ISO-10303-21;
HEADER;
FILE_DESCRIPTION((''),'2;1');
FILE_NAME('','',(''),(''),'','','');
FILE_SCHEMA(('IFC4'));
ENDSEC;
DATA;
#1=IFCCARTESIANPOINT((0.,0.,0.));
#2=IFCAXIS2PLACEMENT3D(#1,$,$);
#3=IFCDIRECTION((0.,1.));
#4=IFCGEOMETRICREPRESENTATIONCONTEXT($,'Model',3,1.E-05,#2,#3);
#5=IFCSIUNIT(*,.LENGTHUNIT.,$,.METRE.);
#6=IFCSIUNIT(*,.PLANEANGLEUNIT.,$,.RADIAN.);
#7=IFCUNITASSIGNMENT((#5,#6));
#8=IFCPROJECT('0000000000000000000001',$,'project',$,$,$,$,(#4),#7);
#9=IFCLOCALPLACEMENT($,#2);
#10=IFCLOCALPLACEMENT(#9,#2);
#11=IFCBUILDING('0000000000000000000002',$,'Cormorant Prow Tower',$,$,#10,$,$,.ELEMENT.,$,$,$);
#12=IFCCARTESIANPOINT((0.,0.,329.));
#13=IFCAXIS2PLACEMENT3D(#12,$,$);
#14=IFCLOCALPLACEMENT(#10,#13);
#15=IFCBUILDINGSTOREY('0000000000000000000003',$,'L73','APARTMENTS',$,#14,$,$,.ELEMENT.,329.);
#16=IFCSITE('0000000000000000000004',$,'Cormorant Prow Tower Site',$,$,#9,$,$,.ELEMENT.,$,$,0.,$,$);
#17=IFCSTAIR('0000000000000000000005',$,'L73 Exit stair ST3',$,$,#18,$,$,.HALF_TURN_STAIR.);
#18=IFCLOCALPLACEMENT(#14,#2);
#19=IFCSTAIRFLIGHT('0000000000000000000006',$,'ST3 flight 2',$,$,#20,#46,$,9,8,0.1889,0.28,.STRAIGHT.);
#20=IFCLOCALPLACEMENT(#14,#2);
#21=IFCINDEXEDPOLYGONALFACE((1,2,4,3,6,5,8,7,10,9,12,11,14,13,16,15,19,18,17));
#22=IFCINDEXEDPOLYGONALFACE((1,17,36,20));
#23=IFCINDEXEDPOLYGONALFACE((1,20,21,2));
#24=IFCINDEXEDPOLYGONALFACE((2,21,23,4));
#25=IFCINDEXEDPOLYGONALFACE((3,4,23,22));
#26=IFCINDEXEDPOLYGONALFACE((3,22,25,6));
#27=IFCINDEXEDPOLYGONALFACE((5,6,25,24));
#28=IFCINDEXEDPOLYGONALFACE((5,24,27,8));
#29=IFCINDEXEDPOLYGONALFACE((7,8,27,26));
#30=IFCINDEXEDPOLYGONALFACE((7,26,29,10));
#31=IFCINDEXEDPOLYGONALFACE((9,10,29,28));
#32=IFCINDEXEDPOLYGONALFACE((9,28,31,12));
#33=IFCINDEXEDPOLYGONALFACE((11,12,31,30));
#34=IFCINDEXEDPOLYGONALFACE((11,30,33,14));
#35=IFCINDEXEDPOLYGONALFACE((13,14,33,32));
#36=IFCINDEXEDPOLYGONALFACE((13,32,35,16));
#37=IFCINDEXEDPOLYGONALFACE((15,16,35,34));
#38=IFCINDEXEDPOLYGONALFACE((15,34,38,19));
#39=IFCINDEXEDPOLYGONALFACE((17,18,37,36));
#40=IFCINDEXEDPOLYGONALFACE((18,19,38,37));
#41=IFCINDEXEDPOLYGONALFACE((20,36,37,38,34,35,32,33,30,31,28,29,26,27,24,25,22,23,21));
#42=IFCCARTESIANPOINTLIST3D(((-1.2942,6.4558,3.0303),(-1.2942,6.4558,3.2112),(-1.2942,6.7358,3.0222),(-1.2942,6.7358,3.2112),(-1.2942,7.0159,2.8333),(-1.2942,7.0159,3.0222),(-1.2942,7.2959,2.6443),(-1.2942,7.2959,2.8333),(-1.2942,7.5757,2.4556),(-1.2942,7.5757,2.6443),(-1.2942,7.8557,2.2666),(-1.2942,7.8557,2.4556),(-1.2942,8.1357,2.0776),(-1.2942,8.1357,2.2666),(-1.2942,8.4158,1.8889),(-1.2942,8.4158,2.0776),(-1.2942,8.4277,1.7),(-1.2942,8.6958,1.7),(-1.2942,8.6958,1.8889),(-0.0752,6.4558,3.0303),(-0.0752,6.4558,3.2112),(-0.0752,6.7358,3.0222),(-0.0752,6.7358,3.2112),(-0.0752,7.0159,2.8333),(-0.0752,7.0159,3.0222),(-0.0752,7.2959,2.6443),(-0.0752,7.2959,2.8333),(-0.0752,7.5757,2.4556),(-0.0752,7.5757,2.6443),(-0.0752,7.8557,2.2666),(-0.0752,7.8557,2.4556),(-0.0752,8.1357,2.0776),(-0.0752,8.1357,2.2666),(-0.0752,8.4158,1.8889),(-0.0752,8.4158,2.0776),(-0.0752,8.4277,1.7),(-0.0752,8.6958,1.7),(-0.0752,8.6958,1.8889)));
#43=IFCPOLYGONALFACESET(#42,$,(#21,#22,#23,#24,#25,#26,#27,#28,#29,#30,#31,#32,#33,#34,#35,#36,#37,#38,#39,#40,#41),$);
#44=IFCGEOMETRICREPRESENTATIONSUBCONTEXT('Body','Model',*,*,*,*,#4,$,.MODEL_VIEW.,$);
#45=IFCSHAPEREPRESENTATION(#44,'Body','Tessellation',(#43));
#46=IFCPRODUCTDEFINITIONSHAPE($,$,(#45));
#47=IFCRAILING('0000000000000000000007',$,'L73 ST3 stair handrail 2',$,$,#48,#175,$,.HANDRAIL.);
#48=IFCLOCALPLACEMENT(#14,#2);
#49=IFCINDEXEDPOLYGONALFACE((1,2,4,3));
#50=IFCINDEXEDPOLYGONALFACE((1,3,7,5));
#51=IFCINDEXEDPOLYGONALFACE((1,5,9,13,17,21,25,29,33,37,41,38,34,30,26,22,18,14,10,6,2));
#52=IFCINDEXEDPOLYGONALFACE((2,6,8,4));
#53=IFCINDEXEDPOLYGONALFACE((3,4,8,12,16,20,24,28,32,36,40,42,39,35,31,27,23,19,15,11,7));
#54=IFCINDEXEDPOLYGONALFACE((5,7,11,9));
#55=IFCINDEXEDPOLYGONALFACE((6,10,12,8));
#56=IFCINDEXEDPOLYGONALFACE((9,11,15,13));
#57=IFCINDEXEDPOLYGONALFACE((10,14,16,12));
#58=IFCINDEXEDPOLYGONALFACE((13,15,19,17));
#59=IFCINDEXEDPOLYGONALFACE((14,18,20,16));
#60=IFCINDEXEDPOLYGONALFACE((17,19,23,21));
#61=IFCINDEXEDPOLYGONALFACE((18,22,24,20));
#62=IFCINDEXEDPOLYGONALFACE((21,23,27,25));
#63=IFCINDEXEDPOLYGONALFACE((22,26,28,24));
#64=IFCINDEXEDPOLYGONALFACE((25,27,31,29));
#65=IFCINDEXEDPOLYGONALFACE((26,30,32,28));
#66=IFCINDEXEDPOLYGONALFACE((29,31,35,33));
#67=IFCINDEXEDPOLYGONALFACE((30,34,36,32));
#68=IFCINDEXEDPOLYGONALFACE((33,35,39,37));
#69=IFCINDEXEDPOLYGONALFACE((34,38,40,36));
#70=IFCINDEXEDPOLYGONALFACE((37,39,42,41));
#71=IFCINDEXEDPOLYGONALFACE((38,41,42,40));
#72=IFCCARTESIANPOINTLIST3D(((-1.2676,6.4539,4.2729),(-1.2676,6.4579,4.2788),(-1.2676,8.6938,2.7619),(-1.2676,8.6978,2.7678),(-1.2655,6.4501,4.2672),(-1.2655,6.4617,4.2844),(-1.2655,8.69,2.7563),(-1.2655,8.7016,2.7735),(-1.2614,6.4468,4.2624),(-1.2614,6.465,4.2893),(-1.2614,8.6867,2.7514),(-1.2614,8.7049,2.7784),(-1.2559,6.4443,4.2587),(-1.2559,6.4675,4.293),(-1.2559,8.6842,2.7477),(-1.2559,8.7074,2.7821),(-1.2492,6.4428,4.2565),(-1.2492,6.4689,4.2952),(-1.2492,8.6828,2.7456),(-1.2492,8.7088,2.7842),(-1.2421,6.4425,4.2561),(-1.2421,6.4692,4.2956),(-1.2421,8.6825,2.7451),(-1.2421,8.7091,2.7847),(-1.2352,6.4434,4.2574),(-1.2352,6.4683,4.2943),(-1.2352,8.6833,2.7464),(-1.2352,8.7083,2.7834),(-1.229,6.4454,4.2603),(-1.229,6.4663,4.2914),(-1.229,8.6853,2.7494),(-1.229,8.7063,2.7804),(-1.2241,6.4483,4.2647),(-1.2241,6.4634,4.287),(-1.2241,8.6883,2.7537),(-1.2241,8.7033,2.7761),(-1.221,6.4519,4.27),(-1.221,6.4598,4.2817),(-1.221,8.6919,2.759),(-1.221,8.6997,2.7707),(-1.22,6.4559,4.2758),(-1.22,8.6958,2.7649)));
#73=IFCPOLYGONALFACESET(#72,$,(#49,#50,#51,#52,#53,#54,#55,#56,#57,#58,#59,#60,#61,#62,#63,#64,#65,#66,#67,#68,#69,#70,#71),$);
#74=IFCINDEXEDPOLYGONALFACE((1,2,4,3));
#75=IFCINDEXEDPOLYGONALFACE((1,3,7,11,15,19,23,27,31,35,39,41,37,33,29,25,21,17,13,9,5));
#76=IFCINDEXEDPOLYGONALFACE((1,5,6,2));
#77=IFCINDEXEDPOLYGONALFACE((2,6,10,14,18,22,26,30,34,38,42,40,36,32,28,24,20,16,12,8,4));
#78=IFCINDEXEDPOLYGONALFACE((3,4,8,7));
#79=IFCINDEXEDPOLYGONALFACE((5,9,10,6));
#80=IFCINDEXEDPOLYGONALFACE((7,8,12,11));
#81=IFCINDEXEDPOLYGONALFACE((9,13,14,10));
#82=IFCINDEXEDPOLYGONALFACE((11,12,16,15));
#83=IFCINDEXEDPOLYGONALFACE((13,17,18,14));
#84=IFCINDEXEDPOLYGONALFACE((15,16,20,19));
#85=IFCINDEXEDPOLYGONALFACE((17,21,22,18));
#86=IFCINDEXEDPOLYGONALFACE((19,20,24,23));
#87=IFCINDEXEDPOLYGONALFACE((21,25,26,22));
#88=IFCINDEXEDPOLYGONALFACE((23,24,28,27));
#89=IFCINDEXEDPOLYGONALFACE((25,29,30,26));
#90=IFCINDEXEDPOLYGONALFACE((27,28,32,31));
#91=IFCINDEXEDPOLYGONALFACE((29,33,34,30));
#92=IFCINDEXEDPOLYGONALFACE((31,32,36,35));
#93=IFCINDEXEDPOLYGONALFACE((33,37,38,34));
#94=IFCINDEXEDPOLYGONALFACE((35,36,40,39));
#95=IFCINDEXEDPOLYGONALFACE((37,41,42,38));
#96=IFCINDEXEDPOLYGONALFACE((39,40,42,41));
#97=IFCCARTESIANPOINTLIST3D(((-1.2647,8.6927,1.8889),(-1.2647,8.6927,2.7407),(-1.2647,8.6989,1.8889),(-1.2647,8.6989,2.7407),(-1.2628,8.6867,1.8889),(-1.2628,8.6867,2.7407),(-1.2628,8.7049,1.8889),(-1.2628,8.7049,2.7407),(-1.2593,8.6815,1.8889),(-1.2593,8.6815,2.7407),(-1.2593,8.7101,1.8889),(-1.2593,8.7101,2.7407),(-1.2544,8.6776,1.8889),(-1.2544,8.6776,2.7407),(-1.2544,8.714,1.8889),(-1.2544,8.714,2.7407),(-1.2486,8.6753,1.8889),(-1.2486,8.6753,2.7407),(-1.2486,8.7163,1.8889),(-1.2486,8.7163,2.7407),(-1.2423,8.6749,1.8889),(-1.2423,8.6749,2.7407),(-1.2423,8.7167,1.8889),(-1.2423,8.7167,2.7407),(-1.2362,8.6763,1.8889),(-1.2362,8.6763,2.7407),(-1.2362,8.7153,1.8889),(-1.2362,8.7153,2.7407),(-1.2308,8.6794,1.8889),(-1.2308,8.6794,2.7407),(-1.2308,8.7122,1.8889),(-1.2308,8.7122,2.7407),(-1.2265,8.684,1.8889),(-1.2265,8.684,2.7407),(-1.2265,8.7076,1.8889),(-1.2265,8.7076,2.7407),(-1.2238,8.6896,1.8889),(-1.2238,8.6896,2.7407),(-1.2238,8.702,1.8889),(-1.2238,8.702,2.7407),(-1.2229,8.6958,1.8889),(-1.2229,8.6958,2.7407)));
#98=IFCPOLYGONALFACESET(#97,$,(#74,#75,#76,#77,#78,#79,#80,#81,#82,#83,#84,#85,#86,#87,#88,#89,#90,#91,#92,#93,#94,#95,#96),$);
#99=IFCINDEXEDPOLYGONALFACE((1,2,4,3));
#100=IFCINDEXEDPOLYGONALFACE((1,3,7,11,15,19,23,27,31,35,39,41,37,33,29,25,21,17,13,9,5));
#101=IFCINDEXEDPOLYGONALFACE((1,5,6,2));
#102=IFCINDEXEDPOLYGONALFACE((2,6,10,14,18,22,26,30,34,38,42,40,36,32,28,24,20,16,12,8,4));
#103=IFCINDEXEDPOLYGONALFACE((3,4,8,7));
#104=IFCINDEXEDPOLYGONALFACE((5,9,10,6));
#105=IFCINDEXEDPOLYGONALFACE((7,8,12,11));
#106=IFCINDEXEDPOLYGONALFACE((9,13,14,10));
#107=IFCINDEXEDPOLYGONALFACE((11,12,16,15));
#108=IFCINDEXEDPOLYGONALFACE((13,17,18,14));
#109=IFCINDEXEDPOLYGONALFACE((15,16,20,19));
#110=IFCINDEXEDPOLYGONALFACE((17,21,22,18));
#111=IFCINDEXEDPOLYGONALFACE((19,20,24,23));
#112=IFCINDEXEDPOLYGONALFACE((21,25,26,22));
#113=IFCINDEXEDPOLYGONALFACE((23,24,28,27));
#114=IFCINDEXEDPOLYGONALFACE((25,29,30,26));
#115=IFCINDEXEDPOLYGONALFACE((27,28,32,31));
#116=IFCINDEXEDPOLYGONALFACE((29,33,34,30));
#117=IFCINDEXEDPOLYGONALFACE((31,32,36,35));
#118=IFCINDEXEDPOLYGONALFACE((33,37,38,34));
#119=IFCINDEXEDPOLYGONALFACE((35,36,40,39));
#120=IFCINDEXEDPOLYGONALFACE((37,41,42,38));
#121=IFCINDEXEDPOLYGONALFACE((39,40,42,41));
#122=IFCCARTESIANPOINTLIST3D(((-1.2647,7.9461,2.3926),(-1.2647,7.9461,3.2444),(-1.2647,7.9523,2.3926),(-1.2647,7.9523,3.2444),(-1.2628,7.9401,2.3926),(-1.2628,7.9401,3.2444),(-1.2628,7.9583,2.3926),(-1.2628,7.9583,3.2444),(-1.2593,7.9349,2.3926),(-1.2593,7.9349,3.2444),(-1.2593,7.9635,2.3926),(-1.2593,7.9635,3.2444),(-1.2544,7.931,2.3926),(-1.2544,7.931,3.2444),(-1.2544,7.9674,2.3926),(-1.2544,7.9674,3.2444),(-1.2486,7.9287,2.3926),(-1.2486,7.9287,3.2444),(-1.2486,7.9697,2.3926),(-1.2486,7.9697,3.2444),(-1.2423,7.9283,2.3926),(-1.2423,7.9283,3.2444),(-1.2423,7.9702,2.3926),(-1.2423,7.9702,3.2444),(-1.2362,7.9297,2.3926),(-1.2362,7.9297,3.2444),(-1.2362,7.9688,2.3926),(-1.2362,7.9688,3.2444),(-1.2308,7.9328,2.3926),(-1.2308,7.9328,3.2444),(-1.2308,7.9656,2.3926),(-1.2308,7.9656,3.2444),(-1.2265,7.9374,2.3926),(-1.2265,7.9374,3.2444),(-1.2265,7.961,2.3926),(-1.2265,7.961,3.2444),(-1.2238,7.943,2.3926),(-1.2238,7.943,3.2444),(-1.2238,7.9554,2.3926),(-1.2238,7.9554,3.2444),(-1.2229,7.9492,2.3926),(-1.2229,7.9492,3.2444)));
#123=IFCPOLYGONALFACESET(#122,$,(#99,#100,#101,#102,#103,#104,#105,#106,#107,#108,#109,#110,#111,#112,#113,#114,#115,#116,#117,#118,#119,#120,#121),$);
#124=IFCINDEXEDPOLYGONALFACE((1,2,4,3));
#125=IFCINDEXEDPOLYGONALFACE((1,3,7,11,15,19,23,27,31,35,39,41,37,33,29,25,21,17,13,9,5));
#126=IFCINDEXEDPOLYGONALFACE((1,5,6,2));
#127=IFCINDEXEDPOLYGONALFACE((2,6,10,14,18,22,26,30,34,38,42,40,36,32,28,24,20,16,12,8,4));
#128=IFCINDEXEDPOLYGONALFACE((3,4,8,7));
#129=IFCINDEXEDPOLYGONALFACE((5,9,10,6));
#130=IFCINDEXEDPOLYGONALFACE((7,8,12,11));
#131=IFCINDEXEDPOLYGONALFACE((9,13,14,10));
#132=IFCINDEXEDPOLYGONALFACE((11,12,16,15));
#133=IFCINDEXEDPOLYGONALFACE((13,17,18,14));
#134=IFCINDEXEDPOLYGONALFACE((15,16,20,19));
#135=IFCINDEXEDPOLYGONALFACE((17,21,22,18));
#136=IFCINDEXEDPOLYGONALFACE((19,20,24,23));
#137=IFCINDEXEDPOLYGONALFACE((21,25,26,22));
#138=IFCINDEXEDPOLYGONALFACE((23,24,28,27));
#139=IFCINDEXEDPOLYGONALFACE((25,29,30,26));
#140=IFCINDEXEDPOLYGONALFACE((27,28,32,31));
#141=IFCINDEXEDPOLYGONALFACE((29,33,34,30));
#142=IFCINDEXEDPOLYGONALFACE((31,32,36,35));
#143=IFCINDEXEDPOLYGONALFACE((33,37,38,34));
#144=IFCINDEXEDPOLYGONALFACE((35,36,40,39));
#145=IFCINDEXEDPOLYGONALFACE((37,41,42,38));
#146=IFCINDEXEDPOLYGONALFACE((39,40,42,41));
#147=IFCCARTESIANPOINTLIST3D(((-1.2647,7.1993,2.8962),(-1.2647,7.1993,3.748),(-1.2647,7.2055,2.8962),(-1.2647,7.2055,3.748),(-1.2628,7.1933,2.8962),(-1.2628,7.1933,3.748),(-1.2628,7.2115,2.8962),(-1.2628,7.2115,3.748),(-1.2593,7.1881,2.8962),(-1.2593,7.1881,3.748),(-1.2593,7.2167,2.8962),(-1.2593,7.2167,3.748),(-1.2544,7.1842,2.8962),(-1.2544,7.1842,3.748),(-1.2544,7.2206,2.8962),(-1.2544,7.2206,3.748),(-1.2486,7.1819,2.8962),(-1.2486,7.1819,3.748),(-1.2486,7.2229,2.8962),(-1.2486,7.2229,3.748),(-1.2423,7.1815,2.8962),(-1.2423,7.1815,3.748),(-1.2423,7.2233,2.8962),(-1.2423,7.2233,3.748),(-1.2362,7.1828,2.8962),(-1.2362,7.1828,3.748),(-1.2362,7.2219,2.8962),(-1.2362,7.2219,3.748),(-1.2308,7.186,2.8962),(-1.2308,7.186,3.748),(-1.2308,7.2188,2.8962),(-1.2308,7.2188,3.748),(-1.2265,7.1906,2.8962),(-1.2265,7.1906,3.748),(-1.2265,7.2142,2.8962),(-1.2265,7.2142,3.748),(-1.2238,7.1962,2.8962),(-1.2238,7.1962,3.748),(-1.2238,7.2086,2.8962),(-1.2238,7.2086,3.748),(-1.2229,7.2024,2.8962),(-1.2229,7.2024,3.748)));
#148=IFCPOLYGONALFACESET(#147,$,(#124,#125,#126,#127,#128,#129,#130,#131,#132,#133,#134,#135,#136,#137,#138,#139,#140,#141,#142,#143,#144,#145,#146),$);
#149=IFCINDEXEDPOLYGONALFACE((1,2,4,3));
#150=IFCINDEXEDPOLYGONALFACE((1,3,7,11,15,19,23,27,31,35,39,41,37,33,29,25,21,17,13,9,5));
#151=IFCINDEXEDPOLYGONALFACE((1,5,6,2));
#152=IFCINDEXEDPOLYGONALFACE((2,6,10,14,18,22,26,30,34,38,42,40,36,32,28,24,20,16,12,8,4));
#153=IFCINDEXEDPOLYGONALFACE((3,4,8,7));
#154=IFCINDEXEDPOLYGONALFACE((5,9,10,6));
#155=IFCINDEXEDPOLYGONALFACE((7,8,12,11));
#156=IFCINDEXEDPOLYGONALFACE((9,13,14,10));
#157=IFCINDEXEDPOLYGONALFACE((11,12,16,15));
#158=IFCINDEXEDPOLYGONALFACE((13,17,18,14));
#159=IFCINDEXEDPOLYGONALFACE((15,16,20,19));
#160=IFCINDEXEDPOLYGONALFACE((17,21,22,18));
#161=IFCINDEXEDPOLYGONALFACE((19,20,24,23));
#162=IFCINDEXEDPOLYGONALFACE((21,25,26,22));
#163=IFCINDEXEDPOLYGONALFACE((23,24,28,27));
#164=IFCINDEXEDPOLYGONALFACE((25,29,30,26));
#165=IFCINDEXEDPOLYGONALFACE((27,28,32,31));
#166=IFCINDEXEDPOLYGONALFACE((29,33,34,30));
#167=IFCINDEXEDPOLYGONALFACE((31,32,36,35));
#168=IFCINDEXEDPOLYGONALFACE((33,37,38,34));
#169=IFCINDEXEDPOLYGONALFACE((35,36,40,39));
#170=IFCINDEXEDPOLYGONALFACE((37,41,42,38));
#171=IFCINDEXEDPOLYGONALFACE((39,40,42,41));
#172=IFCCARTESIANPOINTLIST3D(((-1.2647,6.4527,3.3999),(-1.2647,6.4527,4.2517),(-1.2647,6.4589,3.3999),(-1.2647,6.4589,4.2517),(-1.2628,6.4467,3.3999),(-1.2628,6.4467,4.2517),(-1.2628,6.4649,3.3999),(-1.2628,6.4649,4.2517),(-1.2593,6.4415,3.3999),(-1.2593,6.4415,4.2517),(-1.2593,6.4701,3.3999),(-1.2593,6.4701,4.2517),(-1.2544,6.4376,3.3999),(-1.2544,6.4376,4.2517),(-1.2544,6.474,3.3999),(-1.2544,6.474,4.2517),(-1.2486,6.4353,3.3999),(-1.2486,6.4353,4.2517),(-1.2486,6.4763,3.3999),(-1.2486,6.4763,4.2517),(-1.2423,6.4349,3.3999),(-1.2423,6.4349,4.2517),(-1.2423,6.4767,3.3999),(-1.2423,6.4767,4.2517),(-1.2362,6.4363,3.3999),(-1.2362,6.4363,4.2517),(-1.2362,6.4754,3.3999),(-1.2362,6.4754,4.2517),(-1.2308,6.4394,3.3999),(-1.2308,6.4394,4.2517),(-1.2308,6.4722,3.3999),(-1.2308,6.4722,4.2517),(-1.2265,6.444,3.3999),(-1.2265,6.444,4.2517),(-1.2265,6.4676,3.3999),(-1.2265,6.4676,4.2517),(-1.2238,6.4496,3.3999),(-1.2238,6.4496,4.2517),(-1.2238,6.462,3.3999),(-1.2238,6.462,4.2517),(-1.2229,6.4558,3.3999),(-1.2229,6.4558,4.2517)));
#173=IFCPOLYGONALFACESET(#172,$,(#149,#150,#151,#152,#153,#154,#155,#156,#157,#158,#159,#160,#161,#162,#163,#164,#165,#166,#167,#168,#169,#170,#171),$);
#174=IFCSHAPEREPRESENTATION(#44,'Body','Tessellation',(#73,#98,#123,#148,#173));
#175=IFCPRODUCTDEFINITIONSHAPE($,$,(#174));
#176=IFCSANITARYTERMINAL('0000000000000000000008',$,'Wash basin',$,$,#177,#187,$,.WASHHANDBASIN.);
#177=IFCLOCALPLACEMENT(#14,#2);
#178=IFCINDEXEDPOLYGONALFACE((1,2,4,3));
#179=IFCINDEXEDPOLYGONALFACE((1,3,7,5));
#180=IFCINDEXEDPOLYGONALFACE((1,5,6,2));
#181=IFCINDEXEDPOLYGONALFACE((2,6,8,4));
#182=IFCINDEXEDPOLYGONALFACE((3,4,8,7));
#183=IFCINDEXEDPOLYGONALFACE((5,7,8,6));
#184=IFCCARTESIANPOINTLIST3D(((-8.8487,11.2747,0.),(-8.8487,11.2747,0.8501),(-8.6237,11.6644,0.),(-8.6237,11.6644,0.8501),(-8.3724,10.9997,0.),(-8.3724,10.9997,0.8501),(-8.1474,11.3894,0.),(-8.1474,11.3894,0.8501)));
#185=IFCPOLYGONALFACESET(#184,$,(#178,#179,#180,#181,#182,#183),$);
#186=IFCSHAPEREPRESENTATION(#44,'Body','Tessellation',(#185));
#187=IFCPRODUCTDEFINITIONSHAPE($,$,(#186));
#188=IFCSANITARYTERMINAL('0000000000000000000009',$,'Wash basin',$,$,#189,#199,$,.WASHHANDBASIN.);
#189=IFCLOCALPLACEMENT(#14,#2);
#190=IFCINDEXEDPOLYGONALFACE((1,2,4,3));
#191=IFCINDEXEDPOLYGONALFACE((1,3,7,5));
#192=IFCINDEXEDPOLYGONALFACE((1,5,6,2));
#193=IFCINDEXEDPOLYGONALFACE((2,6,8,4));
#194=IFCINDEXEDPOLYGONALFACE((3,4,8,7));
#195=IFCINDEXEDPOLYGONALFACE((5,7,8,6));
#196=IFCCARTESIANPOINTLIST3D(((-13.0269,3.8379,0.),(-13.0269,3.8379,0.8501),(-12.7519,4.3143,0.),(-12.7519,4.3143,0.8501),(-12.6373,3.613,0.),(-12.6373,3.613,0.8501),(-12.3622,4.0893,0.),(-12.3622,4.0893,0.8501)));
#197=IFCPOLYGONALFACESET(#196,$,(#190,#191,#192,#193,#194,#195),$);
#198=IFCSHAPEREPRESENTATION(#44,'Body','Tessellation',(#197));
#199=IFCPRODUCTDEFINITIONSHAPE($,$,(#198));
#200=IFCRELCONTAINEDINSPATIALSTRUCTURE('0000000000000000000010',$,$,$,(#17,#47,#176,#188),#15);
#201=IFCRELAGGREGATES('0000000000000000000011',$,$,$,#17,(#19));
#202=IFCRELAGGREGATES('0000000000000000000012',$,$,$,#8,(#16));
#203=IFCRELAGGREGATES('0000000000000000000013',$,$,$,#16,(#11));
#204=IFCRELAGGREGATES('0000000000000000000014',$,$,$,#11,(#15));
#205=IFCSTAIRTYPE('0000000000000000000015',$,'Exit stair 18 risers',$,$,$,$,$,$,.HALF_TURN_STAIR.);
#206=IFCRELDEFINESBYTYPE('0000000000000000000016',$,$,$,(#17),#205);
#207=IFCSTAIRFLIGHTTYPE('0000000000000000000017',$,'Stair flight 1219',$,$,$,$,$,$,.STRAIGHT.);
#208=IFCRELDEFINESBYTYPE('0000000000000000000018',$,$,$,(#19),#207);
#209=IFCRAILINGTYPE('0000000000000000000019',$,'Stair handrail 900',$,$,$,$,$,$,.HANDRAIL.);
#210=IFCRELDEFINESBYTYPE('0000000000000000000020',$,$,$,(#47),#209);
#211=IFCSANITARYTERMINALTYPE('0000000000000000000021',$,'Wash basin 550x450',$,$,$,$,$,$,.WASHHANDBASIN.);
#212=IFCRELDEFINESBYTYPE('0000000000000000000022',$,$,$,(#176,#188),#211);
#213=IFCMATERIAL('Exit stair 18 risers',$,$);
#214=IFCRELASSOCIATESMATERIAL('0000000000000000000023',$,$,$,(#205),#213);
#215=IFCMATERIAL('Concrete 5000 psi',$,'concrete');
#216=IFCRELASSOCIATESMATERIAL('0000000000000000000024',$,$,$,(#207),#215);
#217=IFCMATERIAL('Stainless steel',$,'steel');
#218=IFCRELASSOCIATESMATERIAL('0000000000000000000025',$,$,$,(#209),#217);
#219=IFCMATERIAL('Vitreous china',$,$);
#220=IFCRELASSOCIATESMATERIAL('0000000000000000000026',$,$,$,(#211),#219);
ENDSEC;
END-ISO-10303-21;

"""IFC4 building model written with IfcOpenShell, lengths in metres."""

from ifc_helpers import new_model, si_unit, direction, frame, origin, origin_2d, place, context, subcontext, project, spatial, polyline, rectangle, circle, outline, extrude, material, type_object, element, aggregate, save


model = new_model("IFC4")

# Units and contexts
model_context = context("Model", 3, precision=1e-05, world=origin(), true_north=direction((0.0, 1.0)))
body_context = subcontext(model_context, "Body", "Model", "MODEL_VIEW")
ifc_project = project(units=[si_unit("LENGTHUNIT", "METRE"), si_unit("PLANEANGLEUNIT", "RADIAN")], contexts=[model_context])

# Site, building, storey
site_placement = place(None, origin())
site = spatial("IfcSite", under=ifc_project, at=site_placement, Name="Cormorant Prow Tower Site", CompositionType="ELEMENT", RefElevation=0.0)
building_placement = place(site_placement, origin())
building = spatial("IfcBuilding", under=site, at=building_placement, Name="Cormorant Prow Tower", CompositionType="ELEMENT")
storey_placement = place(building_placement, frame((0.0, 0.0, 329.0)))
storey = spatial("IfcBuildingStorey", under=building, at=storey_placement, Name="L73", Description="APARTMENTS", CompositionType="ELEMENT", Elevation=329.0)

# Stair, stair flight
ifc_material_1 = material(Name="Exit stair 18 risers")
stair_type = type_object("IfcStairType", Name="Exit stair 18 risers", PredefinedType="HALF_TURN_STAIR", material=ifc_material_1)
stair_placement = place(storey_placement, origin())
stair = element("IfcStair", 1, at=stair_placement, inside=storey, type_object=stair_type, Name="L73 Exit stair ST3", PredefinedType="HALF_TURN_STAIR")
ifc_material_2 = material(Name="Concrete 5000 psi", Category="concrete")
stair_flight_type = type_object("IfcStairFlightType", Name="Stair flight 1219", PredefinedType="STRAIGHT", material=ifc_material_2)
stair_flight_placement = place(storey_placement, frame((-0.6846, 8.6958, 1.7), z_axis=(0.0, 0.0, 1.0), x_axis=(0.0, -1.0, 0.0)))
stair_flight = element("IfcStairFlight", 2, at=stair_flight_placement, type_object=stair_flight_type, Name="ST3 flight 2", NumberOfRisers=9, NumberOfTreads=8, PredefinedType="STRAIGHT", RiserHeight=0.1889, TreadLength=0.28, context=body_context, shape_type="SweptSolid", body=[
    extrude(outline(polyline([(0.0, 0.0), (0.0, 0.189), (0.28, 0.189), (0.28, 0.3777), (0.5601, 0.3777), (0.5601, 0.5667), (0.8401, 0.5667), (0.8401, 0.7556), (1.1201, 0.7556), (1.1201, 0.9443), (1.3999, 0.9443), (1.3999, 1.1333), (1.6799, 1.1333), (1.6799, 1.3223), (1.96, 1.3223), (1.96, 1.5112), (2.24, 1.5112), (2.24, 1.7), (2.24, 1.3303), (0.2681, 0.0), (0.0, 0.0)])), frame((0.0, 0.6094, 0.0), z_axis=(0.0, -1.0, 0.0), x_axis=(1.0, 0.0, 0.0)), (0.0, 0.0, 1.0), 1.219),
])
aggregate(stair, [stair_flight])

# Railing
ifc_material_3 = material(Name="Stainless steel", Category="steel")
railing_type = type_object("IfcRailingType", Name="Stair handrail 900", PredefinedType="HANDRAIL", material=ifc_material_3)
railing_placement = place(storey_placement, frame((-1.2439, 8.6958, 1.8889)))
element("IfcRailing", 3, at=railing_placement, inside=storey, type_object=railing_type, Name="L73 ST3 stair handrail 2", PredefinedType="HANDRAIL", context=body_context, shape_type="SweptSolid", body=[
    extrude(circle(Radius=0.0239, at=origin_2d()), frame((0.0, 0.0, 0.876), z_axis=(0.0, -0.829021, 0.559217), x_axis=(1.0, 0.0, 0.0)), (0.0, 0.0, 1.0), 2.7019),
    extrude(circle(Radius=0.021, at=origin_2d()), origin(), (0.0, 0.0, 1.0), 0.8518),
    extrude(circle(Radius=0.021, at=origin_2d()), frame((0.0, -0.7466, 0.5037)), (0.0, 0.0, 1.0), 0.8518),
    extrude(circle(Radius=0.021, at=origin_2d()), frame((0.0, -1.4934, 1.0073)), (0.0, 0.0, 1.0), 0.8518),
    extrude(circle(Radius=0.021, at=origin_2d()), frame((0.0, -2.24, 1.511)), (0.0, 0.0, 1.0), 0.8518),
])

# Sanitary terminals
ifc_material_4 = material(Name="Vitreous china")
sanitary_terminal_type_1 = type_object("IfcSanitaryTerminalType", Name="Wash basin 550x450", PredefinedType="WASHHANDBASIN", material=ifc_material_4)
for number, where, z_axis, x_axis, name in (
    (4, (-8.498, 11.332, 0.0), (0.0, 0.0, 1.0), (-0.866025, 0.5, 0.0), "Wash basin"),
    (5, (-12.6946, 3.9636, 0.0), (0.0, 0.0, 1.0), (-0.5, -0.866025, 0.0), "Wash basin"),
):
    element("IfcSanitaryTerminal", number, at=place(storey_placement, frame(where, z_axis=z_axis, x_axis=x_axis)), inside=storey, type_object=sanitary_terminal_type_1, Name=name, PredefinedType="WASHHANDBASIN", context=body_context, shape_type="SweptSolid", body=[
        extrude(rectangle(XDim=0.55, YDim=0.45, at=origin_2d()), origin(), (0.0, 0.0, 1.0), 0.8501),
    ])

save(model, "model.ifc")
